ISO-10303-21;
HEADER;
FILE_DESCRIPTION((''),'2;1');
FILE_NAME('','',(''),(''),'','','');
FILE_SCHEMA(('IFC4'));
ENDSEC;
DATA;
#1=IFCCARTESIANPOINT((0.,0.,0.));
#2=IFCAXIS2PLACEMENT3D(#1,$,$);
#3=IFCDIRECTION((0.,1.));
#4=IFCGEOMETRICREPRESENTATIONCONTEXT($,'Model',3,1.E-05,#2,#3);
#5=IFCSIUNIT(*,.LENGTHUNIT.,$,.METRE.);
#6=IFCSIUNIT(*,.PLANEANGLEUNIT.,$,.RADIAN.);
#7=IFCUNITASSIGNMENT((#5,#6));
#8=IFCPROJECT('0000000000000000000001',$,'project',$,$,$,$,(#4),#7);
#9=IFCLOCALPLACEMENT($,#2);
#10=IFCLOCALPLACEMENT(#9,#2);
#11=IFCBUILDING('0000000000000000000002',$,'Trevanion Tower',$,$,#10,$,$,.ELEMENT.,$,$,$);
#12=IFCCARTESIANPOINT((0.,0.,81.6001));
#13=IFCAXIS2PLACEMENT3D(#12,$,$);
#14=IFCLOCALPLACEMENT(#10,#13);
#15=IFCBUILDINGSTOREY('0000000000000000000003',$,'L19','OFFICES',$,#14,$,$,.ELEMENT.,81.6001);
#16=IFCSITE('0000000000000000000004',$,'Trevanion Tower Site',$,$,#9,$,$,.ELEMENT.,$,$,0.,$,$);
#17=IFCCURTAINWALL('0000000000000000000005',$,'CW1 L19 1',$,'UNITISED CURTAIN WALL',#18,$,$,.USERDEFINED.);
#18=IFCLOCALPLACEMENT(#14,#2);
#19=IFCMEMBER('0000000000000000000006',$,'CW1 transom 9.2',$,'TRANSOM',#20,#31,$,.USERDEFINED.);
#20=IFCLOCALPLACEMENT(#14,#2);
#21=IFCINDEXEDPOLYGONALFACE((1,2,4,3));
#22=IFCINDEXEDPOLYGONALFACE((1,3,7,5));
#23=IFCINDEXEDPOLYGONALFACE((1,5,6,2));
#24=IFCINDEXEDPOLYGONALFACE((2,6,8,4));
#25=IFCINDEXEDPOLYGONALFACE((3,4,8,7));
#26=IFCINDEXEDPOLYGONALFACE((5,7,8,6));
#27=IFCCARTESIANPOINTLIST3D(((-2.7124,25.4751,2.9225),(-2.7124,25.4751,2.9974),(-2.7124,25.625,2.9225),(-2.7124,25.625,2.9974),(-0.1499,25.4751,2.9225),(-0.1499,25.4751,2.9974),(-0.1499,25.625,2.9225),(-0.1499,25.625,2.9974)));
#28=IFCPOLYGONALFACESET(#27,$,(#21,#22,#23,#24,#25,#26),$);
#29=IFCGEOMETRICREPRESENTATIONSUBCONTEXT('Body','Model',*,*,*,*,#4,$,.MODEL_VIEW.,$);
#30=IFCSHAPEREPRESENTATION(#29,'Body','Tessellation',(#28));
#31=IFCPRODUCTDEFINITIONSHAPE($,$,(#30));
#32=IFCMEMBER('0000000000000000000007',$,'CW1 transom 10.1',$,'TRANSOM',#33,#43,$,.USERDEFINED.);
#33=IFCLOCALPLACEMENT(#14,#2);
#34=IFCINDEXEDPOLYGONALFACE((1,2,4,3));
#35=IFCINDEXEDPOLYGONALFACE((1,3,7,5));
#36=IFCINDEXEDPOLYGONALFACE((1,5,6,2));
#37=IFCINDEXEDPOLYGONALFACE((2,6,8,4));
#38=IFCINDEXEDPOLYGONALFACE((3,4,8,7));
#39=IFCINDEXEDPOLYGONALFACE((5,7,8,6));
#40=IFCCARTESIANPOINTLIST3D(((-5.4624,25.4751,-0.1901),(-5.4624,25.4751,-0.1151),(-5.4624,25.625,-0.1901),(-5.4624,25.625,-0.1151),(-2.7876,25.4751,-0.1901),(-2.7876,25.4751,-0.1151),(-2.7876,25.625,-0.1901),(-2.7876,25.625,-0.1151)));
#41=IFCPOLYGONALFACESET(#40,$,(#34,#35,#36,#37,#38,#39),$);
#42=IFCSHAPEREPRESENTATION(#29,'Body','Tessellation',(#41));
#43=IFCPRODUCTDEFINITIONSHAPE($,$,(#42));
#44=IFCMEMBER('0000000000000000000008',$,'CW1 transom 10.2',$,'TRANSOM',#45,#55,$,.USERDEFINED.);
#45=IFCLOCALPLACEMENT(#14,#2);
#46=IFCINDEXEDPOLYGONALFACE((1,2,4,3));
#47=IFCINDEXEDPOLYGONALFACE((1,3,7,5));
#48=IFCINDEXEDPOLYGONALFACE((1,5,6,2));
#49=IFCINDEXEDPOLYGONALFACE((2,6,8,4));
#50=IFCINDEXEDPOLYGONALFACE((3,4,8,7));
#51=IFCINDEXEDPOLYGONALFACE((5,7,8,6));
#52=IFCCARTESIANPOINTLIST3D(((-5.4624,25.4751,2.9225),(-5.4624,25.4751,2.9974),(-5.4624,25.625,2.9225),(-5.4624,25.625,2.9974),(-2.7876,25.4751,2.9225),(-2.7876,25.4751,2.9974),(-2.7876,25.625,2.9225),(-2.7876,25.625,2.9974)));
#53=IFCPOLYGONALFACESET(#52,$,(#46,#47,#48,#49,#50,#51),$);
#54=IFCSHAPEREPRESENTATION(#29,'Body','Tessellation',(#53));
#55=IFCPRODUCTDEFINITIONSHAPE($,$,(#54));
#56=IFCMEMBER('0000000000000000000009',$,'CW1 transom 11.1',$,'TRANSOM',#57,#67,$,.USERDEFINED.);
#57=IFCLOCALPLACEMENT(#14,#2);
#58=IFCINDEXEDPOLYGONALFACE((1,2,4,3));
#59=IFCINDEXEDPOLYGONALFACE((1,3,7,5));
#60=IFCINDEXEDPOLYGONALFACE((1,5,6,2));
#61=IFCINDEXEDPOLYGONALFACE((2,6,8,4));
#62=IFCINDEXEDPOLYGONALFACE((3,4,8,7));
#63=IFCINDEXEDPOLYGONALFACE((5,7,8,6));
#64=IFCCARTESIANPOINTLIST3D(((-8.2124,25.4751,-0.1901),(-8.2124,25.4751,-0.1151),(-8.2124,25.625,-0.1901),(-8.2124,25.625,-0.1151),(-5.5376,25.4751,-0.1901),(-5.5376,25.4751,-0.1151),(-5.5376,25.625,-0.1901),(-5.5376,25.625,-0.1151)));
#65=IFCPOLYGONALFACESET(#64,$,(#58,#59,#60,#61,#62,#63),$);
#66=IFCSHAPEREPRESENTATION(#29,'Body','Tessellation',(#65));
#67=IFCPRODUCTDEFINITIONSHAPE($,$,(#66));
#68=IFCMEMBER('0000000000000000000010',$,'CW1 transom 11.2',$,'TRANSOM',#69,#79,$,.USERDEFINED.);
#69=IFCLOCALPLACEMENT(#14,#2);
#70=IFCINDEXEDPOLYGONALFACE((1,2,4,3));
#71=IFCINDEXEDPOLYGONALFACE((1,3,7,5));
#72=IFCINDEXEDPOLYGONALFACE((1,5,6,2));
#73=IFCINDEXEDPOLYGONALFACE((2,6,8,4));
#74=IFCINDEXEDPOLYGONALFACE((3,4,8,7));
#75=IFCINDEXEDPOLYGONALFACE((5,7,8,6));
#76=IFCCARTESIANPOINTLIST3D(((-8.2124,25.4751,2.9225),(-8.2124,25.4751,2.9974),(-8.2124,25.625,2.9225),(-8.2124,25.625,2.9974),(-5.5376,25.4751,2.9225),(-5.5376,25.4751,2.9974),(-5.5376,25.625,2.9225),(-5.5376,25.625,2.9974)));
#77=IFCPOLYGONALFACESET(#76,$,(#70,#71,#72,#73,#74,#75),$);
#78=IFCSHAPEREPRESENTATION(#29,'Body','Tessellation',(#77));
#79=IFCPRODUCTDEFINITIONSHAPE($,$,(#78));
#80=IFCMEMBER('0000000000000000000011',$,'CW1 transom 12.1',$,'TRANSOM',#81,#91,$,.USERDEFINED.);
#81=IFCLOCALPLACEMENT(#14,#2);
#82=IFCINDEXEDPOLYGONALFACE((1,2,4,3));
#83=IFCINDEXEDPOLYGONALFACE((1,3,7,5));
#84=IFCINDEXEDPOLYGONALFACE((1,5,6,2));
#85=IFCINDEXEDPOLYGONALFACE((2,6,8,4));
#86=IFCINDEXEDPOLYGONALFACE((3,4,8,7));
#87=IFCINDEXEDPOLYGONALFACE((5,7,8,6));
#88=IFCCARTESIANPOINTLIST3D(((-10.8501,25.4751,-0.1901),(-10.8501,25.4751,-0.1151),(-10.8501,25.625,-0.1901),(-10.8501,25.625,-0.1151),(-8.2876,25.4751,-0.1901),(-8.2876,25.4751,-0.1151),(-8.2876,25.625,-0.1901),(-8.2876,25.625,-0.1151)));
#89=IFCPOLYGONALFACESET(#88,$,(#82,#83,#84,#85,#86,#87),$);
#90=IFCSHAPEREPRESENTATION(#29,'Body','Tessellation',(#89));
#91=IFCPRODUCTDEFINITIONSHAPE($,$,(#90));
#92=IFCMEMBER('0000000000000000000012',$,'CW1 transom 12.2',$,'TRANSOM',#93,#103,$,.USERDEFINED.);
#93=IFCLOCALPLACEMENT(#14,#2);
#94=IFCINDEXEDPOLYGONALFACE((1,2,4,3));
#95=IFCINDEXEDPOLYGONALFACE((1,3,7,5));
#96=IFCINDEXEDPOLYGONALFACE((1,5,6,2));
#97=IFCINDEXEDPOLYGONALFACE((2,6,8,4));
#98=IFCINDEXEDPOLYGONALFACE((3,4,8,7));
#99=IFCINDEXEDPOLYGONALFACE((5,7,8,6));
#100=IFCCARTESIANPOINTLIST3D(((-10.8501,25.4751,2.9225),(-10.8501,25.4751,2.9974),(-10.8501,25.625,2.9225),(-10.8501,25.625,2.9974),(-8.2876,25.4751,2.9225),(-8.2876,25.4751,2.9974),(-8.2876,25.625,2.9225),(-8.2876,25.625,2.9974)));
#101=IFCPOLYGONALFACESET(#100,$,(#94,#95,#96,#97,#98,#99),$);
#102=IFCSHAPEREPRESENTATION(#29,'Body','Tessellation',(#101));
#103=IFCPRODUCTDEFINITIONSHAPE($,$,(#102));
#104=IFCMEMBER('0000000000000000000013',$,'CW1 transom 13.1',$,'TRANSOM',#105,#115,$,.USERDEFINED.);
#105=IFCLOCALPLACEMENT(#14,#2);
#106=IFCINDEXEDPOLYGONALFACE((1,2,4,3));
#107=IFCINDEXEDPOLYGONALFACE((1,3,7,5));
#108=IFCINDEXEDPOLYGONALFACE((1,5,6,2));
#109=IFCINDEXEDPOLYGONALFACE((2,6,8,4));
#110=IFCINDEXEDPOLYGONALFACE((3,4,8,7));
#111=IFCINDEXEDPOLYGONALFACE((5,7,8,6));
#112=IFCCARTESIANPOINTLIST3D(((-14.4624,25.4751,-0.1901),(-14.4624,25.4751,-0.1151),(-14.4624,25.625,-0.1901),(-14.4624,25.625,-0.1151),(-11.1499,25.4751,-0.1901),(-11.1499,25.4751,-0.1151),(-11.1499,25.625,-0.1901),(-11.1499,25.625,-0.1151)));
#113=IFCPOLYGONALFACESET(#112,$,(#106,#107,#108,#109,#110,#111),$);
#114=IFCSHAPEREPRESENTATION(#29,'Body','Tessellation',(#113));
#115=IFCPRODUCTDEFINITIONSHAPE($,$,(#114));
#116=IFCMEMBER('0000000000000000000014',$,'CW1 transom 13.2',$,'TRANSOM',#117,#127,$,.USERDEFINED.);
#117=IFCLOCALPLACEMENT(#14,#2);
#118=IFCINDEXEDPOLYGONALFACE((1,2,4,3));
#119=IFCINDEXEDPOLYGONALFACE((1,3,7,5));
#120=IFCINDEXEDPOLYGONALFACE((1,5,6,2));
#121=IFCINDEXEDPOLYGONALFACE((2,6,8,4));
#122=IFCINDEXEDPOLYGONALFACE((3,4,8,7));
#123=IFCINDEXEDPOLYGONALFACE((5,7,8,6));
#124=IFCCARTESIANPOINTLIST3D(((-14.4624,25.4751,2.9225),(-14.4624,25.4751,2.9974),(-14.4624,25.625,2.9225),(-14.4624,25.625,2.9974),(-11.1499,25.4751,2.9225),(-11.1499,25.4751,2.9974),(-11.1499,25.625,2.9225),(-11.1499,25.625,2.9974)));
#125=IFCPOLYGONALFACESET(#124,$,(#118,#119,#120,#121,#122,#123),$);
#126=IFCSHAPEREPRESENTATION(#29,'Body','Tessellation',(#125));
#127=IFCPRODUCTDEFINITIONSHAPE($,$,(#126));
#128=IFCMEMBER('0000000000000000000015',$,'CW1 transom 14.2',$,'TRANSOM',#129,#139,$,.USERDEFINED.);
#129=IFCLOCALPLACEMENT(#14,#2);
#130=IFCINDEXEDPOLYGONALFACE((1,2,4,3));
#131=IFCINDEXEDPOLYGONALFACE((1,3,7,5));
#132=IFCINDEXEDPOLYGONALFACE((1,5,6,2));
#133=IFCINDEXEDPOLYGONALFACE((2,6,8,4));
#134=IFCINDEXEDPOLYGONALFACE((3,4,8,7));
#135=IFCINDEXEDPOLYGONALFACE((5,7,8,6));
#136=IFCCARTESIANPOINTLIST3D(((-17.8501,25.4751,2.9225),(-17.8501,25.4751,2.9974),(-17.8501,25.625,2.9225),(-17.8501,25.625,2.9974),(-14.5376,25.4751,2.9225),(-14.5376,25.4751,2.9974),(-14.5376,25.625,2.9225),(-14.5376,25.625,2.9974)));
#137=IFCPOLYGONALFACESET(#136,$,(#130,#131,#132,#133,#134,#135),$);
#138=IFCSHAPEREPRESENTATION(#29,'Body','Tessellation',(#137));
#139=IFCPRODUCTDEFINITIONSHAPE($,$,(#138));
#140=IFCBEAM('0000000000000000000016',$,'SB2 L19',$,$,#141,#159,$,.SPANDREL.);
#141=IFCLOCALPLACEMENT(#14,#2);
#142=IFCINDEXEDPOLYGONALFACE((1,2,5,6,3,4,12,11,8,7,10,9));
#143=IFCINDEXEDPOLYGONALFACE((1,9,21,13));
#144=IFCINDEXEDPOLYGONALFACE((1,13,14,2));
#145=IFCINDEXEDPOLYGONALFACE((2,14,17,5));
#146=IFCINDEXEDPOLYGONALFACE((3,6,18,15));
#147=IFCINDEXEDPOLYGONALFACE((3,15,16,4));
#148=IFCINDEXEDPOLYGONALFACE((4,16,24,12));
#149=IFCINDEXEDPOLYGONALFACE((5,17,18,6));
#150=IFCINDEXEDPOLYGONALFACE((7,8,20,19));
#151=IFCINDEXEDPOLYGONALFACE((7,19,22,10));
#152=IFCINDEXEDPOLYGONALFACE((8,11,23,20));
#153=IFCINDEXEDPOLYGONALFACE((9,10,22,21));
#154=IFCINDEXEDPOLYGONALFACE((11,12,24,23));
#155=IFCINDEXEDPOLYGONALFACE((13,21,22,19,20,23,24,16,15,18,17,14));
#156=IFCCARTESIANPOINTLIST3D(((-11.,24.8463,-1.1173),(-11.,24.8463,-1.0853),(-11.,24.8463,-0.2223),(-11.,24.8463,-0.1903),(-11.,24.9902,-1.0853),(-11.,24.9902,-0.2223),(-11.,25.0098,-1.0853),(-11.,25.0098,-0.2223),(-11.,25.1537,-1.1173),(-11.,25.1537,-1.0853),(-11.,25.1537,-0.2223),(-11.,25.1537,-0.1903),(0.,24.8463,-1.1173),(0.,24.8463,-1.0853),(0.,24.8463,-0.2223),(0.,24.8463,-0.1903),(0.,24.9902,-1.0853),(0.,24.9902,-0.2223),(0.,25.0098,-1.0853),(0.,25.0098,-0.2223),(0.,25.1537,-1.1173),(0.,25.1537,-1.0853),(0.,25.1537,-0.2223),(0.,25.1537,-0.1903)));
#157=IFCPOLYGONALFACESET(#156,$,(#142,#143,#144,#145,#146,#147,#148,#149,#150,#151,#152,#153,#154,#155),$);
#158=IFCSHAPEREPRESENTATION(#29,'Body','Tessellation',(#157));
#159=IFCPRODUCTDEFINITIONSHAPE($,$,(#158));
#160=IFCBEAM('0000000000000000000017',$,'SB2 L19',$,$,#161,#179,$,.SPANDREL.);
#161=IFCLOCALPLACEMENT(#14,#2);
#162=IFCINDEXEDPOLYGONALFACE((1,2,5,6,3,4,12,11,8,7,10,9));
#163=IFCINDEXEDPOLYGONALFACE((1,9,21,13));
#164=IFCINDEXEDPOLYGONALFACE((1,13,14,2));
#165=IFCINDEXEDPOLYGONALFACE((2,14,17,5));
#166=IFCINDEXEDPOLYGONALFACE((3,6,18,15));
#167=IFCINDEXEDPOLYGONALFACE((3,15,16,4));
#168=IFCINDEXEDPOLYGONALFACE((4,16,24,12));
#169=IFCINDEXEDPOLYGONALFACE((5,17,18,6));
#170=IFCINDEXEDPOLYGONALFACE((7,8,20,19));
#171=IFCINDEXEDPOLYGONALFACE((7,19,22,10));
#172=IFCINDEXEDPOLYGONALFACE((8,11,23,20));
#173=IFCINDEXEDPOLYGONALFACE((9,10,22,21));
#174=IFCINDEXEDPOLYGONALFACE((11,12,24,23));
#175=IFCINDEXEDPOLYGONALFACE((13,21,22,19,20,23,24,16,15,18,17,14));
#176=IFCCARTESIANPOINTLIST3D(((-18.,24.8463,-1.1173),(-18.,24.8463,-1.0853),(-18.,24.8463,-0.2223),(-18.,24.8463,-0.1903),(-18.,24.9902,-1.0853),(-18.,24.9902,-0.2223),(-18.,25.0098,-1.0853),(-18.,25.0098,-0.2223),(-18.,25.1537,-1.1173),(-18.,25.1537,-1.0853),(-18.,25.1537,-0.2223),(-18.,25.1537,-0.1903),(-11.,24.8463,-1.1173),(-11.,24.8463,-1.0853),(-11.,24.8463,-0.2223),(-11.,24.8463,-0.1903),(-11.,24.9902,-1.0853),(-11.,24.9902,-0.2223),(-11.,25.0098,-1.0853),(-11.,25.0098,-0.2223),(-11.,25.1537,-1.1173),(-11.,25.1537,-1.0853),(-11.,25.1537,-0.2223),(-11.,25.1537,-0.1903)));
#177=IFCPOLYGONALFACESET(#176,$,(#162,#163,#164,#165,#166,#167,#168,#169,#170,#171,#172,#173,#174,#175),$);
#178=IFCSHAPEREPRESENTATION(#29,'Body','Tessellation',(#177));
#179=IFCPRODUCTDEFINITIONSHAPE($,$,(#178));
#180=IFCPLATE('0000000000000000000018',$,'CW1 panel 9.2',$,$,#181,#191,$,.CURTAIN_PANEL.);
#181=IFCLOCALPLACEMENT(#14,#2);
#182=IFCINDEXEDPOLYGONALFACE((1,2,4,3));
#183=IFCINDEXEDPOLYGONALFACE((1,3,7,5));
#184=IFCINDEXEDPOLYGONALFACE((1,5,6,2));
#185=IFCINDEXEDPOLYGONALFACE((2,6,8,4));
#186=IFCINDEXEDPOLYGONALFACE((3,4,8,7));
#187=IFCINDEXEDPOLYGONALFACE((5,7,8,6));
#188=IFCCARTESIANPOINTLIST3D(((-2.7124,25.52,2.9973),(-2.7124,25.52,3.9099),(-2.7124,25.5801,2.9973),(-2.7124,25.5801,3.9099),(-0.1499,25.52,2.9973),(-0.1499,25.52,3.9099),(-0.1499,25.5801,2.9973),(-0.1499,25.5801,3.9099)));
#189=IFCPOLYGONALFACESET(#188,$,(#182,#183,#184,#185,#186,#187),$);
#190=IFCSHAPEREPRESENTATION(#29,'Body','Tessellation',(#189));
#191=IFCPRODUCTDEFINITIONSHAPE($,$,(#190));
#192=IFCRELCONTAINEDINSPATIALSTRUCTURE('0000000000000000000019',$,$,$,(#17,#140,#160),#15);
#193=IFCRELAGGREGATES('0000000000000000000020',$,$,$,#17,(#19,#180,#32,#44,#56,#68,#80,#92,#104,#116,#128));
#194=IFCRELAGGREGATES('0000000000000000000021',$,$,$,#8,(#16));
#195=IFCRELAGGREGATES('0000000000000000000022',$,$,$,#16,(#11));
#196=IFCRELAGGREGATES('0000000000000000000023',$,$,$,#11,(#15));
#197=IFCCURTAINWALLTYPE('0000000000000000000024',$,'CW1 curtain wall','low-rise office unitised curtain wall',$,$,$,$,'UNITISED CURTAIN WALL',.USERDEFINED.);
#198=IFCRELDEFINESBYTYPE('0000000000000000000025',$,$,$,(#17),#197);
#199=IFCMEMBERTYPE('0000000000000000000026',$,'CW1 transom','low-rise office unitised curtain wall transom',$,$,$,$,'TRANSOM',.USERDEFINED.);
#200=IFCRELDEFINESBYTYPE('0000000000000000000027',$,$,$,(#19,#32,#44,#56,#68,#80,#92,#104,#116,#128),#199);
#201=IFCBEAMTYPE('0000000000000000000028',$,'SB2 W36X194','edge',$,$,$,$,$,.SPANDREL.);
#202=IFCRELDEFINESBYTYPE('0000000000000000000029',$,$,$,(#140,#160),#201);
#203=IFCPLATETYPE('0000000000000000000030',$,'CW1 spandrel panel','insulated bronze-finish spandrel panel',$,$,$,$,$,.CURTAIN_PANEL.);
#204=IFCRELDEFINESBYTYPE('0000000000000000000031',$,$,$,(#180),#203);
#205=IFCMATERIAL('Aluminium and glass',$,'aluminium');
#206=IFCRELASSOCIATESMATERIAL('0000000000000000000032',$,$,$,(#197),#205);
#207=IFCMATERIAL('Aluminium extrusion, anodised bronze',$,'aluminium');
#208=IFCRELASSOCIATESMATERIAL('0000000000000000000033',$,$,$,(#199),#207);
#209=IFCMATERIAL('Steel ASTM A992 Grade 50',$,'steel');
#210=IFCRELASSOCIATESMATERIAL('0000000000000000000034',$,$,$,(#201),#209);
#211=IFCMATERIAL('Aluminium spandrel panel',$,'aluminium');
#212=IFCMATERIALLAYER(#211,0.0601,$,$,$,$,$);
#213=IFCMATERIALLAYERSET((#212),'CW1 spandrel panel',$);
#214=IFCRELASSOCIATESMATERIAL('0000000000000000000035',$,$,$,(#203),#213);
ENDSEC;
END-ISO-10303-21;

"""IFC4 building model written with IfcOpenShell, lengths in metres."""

from ifc_helpers import new_model, si_unit, direction, frame, origin, origin_2d, place, context, subcontext, project, spatial, rectangle, i_section, extrude, material, layer, layer_set, material_profile, profile_set, type_object, element, aggregate, save


model = new_model("IFC4")

# Units and contexts
model_context = context("Model", 3, precision=1e-05, world=origin(), true_north=direction((0.0, 1.0)))
body_context = subcontext(model_context, "Body", "Model", "MODEL_VIEW")
ifc_project = project(units=[si_unit("LENGTHUNIT", "METRE"), si_unit("PLANEANGLEUNIT", "RADIAN")], contexts=[model_context])

# Site, building, storey
site_placement = place(None, origin())
site = spatial("IfcSite", under=ifc_project, at=site_placement, Name="Trevanion Tower Site", CompositionType="ELEMENT", RefElevation=0.0)
building_placement = place(site_placement, origin())
building = spatial("IfcBuilding", under=site, at=building_placement, Name="Trevanion Tower", CompositionType="ELEMENT")
storey_placement = place(building_placement, frame((0.0, 0.0, 81.6001)))
storey = spatial("IfcBuildingStorey", under=building, at=storey_placement, Name="L19", Description="OFFICES", CompositionType="ELEMENT", Elevation=81.6001)

# Curtain wall, members
ifc_material_1 = material(Name="Aluminium and glass", Category="aluminium")
curtain_wall_type = type_object("IfcCurtainWallType", Name="CW1 curtain wall", Description="low-rise office unitised curtain wall", ElementType="UNITISED CURTAIN WALL", PredefinedType="USERDEFINED", material=ifc_material_1)
curtain_wall_placement = place(storey_placement, origin())
curtain_wall = element("IfcCurtainWall", 1, at=curtain_wall_placement, inside=storey, type_object=curtain_wall_type, Name="CW1 L19 1", ObjectType="UNITISED CURTAIN WALL", PredefinedType="USERDEFINED")
ifc_material_2 = material(Name="Aluminium extrusion, anodised bronze", Category="aluminium")
ifc_material_profile_1 = material_profile(ifc_material_2, rectangle(XDim=0.1499, YDim=0.075, at=origin_2d()), Name="CW1 transom")
ifc_profile_set_1 = profile_set([ifc_material_profile_1], Name="Aluminium extrusion, anodised bronze")
member_type_1 = type_object("IfcMemberType", Name="CW1 transom", Description="low-rise office unitised curtain wall transom", ElementType="TRANSOM", PredefinedType="USERDEFINED", material=ifc_profile_set_1)
member_1_placement = place(storey_placement, frame((-0.1499, 25.55, 2.96), z_axis=(-1.0, 0.0, 0.0), x_axis=(0.0, -1.0, 0.0)))
member_1 = element("IfcMember", 2, at=member_1_placement, type_object=member_type_1, Name="CW1 transom 9.2", ObjectType="TRANSOM", PredefinedType="USERDEFINED", context=body_context, shape_type="SweptSolid", body=[
    extrude(rectangle(XDim=0.1499, YDim=0.075, at=origin_2d()), origin(), (0.0, 0.0, 1.0), 2.5625),
])
member_2_placement = place(storey_placement, frame((-2.7876, 25.55, -0.1526), z_axis=(-1.0, 0.0, 0.0), x_axis=(0.0, -1.0, 0.0)))
member_2 = element("IfcMember", 3, at=member_2_placement, type_object=member_type_1, Name="CW1 transom 10.1", ObjectType="TRANSOM", PredefinedType="USERDEFINED", context=body_context, shape_type="SweptSolid", body=[
    extrude(rectangle(XDim=0.1499, YDim=0.075, at=origin_2d()), origin(), (0.0, 0.0, 1.0), 2.6748),
])
member_3_placement = place(storey_placement, frame((-2.7876, 25.55, 2.96), z_axis=(-1.0, 0.0, 0.0), x_axis=(0.0, -1.0, 0.0)))
member_3 = element("IfcMember", 4, at=member_3_placement, type_object=member_type_1, Name="CW1 transom 10.2", ObjectType="TRANSOM", PredefinedType="USERDEFINED", context=body_context, shape_type="SweptSolid", body=[
    extrude(rectangle(XDim=0.1499, YDim=0.075, at=origin_2d()), origin(), (0.0, 0.0, 1.0), 2.6748),
])
member_4_placement = place(storey_placement, frame((-5.5376, 25.55, -0.1526), z_axis=(-1.0, 0.0, 0.0), x_axis=(0.0, -1.0, 0.0)))
member_4 = element("IfcMember", 5, at=member_4_placement, type_object=member_type_1, Name="CW1 transom 11.1", ObjectType="TRANSOM", PredefinedType="USERDEFINED", context=body_context, shape_type="SweptSolid", body=[
    extrude(rectangle(XDim=0.1499, YDim=0.075, at=origin_2d()), origin(), (0.0, 0.0, 1.0), 2.6748),
])
member_5_placement = place(storey_placement, frame((-5.5376, 25.55, 2.96), z_axis=(-1.0, 0.0, 0.0), x_axis=(0.0, -1.0, 0.0)))
member_5 = element("IfcMember", 6, at=member_5_placement, type_object=member_type_1, Name="CW1 transom 11.2", ObjectType="TRANSOM", PredefinedType="USERDEFINED", context=body_context, shape_type="SweptSolid", body=[
    extrude(rectangle(XDim=0.1499, YDim=0.075, at=origin_2d()), origin(), (0.0, 0.0, 1.0), 2.6748),
])
member_6_placement = place(storey_placement, frame((-8.2876, 25.55, -0.1526), z_axis=(-1.0, 0.0, 0.0), x_axis=(0.0, -1.0, 0.0)))
member_6 = element("IfcMember", 7, at=member_6_placement, type_object=member_type_1, Name="CW1 transom 12.1", ObjectType="TRANSOM", PredefinedType="USERDEFINED", context=body_context, shape_type="SweptSolid", body=[
    extrude(rectangle(XDim=0.1499, YDim=0.075, at=origin_2d()), origin(), (0.0, 0.0, 1.0), 2.5625),
])
member_7_placement = place(storey_placement, frame((-8.2876, 25.55, 2.96), z_axis=(-1.0, 0.0, 0.0), x_axis=(0.0, -1.0, 0.0)))
member_7 = element("IfcMember", 8, at=member_7_placement, type_object=member_type_1, Name="CW1 transom 12.2", ObjectType="TRANSOM", PredefinedType="USERDEFINED", context=body_context, shape_type="SweptSolid", body=[
    extrude(rectangle(XDim=0.1499, YDim=0.075, at=origin_2d()), origin(), (0.0, 0.0, 1.0), 2.5625),
])
member_8_placement = place(storey_placement, frame((-11.1499, 25.55, -0.1526), z_axis=(-1.0, 0.0, 0.0), x_axis=(0.0, -1.0, 0.0)))
member_8 = element("IfcMember", 9, at=member_8_placement, type_object=member_type_1, Name="CW1 transom 13.1", ObjectType="TRANSOM", PredefinedType="USERDEFINED", context=body_context, shape_type="SweptSolid", body=[
    extrude(rectangle(XDim=0.1499, YDim=0.075, at=origin_2d()), origin(), (0.0, 0.0, 1.0), 3.3125),
])
member_9_placement = place(storey_placement, frame((-11.1499, 25.55, 2.96), z_axis=(-1.0, 0.0, 0.0), x_axis=(0.0, -1.0, 0.0)))
member_9 = element("IfcMember", 10, at=member_9_placement, type_object=member_type_1, Name="CW1 transom 13.2", ObjectType="TRANSOM", PredefinedType="USERDEFINED", context=body_context, shape_type="SweptSolid", body=[
    extrude(rectangle(XDim=0.1499, YDim=0.075, at=origin_2d()), origin(), (0.0, 0.0, 1.0), 3.3125),
])
member_10_placement = place(storey_placement, frame((-14.5376, 25.55, 2.96), z_axis=(-1.0, 0.0, 0.0), x_axis=(0.0, -1.0, 0.0)))
member_10 = element("IfcMember", 11, at=member_10_placement, type_object=member_type_1, Name="CW1 transom 14.2", ObjectType="TRANSOM", PredefinedType="USERDEFINED", context=body_context, shape_type="SweptSolid", body=[
    extrude(rectangle(XDim=0.1499, YDim=0.075, at=origin_2d()), origin(), (0.0, 0.0, 1.0), 3.3125),
])

# Beams
ifc_material_3 = material(Name="Steel ASTM A992 Grade 50", Category="steel")
ifc_material_profile_2 = material_profile(ifc_material_3, i_section(OverallWidth=0.3074, OverallDepth=0.927, WebThickness=0.0195, FlangeThickness=0.032, at=origin_2d()), Name="W36X194")
ifc_profile_set_2 = profile_set([ifc_material_profile_2], Name="Steel ASTM A992 Grade 50")
beam_type_1 = type_object("IfcBeamType", Name="SB2 W36X194", Description="edge", PredefinedType="SPANDREL", material=ifc_profile_set_2)
beam_1_placement = place(storey_placement, frame((0.0, 25.0, -0.6538), z_axis=(-1.0, 0.0, 0.0), x_axis=(0.0, -1.0, 0.0)))
element("IfcBeam", 12, at=beam_1_placement, inside=storey, type_object=beam_type_1, Name="SB2 L19", PredefinedType="SPANDREL", context=body_context, shape_type="SweptSolid", body=[
    extrude(i_section(OverallWidth=0.3074, OverallDepth=0.927, WebThickness=0.0195, FlangeThickness=0.032, at=origin_2d()), origin(), (0.0, 0.0, 1.0), 11.0),
])
beam_2_placement = place(storey_placement, frame((-11.0, 25.0, -0.6538), z_axis=(-1.0, 0.0, 0.0), x_axis=(0.0, -1.0, 0.0)))
element("IfcBeam", 13, at=beam_2_placement, inside=storey, type_object=beam_type_1, Name="SB2 L19", PredefinedType="SPANDREL", context=body_context, shape_type="SweptSolid", body=[
    extrude(i_section(OverallWidth=0.3074, OverallDepth=0.927, WebThickness=0.0195, FlangeThickness=0.032, at=origin_2d()), origin(), (0.0, 0.0, 1.0), 7.0),
])

# Plate
ifc_material_4 = material(Name="Aluminium spandrel panel", Category="aluminium")
ifc_layer_1 = layer(ifc_material_4, 0.0601)
ifc_layer_set_1 = layer_set([ifc_layer_1], Name="CW1 spandrel panel")
plate_type_1 = type_object("IfcPlateType", Name="CW1 spandrel panel", Description="insulated bronze-finish spandrel panel", PredefinedType="CURTAIN_PANEL", material=ifc_layer_set_1)
plate_1_placement = place(storey_placement, frame((-1.4312, 25.55, 2.9973), z_axis=(0.0, 0.0, 1.0), x_axis=(-1.0, 0.0, 0.0)))
plate_1 = element("IfcPlate", 14, at=plate_1_placement, type_object=plate_type_1, Name="CW1 panel 9.2", PredefinedType="CURTAIN_PANEL", context=body_context, shape_type="SweptSolid", body=[
    extrude(rectangle(XDim=2.5625, YDim=0.0601, at=origin_2d()), origin(), (0.0, 0.0, 1.0), 0.9126),
])
aggregate(curtain_wall, [member_1, plate_1, member_2, member_3, member_4, member_5, member_6, member_7, member_8, member_9, member_10])

save(model, "model.ifc")
